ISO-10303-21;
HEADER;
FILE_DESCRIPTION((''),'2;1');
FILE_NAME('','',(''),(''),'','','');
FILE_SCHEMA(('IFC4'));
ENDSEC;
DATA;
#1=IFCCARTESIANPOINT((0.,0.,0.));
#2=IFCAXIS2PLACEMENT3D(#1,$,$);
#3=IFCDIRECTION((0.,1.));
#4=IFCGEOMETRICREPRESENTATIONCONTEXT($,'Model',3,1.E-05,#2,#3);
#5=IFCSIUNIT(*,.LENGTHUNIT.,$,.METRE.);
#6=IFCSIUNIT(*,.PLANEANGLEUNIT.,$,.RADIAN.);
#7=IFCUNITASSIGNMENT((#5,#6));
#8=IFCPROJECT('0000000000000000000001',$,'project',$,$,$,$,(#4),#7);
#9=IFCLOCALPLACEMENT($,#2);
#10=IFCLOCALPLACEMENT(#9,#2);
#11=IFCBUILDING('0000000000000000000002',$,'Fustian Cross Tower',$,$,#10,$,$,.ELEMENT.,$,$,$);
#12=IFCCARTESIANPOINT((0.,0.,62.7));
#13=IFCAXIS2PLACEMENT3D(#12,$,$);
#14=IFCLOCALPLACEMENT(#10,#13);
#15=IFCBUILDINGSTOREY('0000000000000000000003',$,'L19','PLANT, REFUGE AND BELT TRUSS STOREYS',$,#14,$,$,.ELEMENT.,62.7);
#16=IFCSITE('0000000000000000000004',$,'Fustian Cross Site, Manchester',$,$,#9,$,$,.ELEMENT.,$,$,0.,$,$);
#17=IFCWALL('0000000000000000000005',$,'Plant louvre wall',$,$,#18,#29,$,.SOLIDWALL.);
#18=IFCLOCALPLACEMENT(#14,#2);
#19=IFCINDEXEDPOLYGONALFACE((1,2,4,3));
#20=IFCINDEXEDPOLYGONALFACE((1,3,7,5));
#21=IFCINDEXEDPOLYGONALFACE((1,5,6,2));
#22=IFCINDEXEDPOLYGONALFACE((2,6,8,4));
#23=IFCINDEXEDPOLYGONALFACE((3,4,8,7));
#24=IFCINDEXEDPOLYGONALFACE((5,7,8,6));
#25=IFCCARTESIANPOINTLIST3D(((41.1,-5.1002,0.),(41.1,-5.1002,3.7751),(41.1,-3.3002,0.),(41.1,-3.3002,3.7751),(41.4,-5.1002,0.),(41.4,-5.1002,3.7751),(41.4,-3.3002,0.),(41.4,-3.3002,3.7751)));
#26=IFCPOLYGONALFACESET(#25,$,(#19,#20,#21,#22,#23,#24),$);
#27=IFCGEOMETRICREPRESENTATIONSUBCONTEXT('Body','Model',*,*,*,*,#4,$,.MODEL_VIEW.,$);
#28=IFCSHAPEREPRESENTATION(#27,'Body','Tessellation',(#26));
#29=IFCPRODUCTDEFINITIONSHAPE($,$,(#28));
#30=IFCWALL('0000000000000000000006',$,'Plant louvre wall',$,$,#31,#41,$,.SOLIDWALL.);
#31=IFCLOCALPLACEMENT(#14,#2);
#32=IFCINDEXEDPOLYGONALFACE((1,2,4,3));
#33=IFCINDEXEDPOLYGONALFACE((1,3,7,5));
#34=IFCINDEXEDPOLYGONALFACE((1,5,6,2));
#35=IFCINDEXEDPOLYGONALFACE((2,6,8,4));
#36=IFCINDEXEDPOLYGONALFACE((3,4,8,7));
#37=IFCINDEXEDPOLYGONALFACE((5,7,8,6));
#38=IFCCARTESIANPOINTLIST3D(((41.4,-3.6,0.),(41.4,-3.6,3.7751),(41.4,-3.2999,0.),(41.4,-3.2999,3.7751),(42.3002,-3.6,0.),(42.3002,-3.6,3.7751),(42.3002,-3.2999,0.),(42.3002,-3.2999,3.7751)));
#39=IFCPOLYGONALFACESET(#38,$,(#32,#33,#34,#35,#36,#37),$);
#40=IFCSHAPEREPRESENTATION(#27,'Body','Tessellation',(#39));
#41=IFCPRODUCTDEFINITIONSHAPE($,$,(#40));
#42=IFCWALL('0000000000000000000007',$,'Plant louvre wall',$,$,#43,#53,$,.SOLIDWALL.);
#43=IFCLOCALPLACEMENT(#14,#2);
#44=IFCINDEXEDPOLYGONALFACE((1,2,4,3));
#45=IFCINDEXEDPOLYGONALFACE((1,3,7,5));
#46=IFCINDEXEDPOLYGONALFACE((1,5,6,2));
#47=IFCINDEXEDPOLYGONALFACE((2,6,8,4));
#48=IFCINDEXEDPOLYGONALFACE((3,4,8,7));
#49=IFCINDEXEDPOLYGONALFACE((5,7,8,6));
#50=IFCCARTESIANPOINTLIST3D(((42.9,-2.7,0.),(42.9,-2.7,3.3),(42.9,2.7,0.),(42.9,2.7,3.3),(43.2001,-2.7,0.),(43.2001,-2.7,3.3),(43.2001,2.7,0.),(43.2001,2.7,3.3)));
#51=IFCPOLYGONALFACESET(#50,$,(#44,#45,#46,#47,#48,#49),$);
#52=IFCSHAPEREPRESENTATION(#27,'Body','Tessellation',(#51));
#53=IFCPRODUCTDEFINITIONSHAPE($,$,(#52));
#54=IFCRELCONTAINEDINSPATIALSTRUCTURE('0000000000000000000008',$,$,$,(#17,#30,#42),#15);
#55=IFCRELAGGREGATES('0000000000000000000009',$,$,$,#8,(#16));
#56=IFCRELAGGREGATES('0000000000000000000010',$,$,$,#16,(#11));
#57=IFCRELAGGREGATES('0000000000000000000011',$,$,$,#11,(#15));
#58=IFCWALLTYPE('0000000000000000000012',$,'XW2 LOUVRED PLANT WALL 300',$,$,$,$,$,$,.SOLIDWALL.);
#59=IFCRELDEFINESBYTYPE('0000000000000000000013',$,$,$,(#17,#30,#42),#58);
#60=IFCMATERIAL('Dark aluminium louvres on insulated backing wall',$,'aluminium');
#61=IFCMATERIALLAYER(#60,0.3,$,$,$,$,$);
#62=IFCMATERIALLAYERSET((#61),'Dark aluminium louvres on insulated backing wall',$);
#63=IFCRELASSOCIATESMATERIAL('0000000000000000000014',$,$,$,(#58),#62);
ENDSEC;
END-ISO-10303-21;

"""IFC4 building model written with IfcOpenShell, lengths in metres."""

from ifc_helpers import new_model, si_unit, direction, frame, frame_2d, origin, place, context, subcontext, project, spatial, rectangle, extrude, material, layer, layer_set, type_object, element, save


model = new_model("IFC4")

# Units and contexts
model_context = context("Model", 3, precision=1e-05, world=origin(), true_north=direction((0.0, 1.0)))
body_context = subcontext(model_context, "Body", "Model", "MODEL_VIEW")
ifc_project = project(units=[si_unit("LENGTHUNIT", "METRE"), si_unit("PLANEANGLEUNIT", "RADIAN")], contexts=[model_context])

# Site, building, storey
site_placement = place(None, origin())
site = spatial("IfcSite", under=ifc_project, at=site_placement, Name="Fustian Cross Site, Manchester", CompositionType="ELEMENT", RefElevation=0.0)
building_placement = place(site_placement, origin())
building = spatial("IfcBuilding", under=site, at=building_placement, Name="Fustian Cross Tower", CompositionType="ELEMENT")
storey_placement = place(building_placement, frame((0.0, 0.0, 62.7)))
storey = spatial("IfcBuildingStorey", under=building, at=storey_placement, Name="L19", Description="PLANT, REFUGE AND BELT TRUSS STOREYS", CompositionType="ELEMENT", Elevation=62.7)

# Walls
ifc_material_1 = material(Name="Dark aluminium louvres on insulated backing wall", Category="aluminium")
ifc_layer_1 = layer(ifc_material_1, 0.3)
ifc_layer_set_1 = layer_set([ifc_layer_1], Name="Dark aluminium louvres on insulated backing wall")
wall_type_1 = type_object("IfcWallType", Name="XW2 LOUVRED PLANT WALL 300", PredefinedType="SOLIDWALL", material=ifc_layer_set_1)
wall_1_placement = place(storey_placement, frame((41.25, -5.1001, 0.0), z_axis=(0.0, 0.0, 1.0), x_axis=(0.0, 1.0, 0.0)))
element("IfcWall", 1, at=wall_1_placement, inside=storey, type_object=wall_type_1, Name="Plant louvre wall", PredefinedType="SOLIDWALL", context=body_context, shape_type="SweptSolid", body=[
    extrude(rectangle(XDim=1.8, YDim=0.3, at=frame_2d((0.8999, 0.0))), origin(), (0.0, 0.0, 1.0), 3.7751),
])
wall_2_placement = place(storey_placement, frame((41.3999, -3.45, 0.0), z_axis=(0.0, 0.0, 1.0), x_axis=(1.0, 0.0, 0.0)))
element("IfcWall", 2, at=wall_2_placement, inside=storey, type_object=wall_type_1, Name="Plant louvre wall", PredefinedType="SOLIDWALL", context=body_context, shape_type="SweptSolid", body=[
    extrude(rectangle(XDim=0.9001, YDim=0.3, at=frame_2d((0.4502, 0.0))), origin(), (0.0, 0.0, 1.0), 3.7751),
])
wall_3_placement = place(storey_placement, frame((43.05, -2.7, 0.0), z_axis=(0.0, 0.0, 1.0), x_axis=(0.0, 1.0, 0.0)))
element("IfcWall", 3, at=wall_3_placement, inside=storey, type_object=wall_type_1, Name="Plant louvre wall", PredefinedType="SOLIDWALL", context=body_context, shape_type="SweptSolid", body=[
    extrude(rectangle(XDim=5.3999, YDim=0.3, at=frame_2d((2.7, 0.0))), origin(), (0.0, 0.0, 1.0), 3.3),
])

save(model, "model.ifc")
